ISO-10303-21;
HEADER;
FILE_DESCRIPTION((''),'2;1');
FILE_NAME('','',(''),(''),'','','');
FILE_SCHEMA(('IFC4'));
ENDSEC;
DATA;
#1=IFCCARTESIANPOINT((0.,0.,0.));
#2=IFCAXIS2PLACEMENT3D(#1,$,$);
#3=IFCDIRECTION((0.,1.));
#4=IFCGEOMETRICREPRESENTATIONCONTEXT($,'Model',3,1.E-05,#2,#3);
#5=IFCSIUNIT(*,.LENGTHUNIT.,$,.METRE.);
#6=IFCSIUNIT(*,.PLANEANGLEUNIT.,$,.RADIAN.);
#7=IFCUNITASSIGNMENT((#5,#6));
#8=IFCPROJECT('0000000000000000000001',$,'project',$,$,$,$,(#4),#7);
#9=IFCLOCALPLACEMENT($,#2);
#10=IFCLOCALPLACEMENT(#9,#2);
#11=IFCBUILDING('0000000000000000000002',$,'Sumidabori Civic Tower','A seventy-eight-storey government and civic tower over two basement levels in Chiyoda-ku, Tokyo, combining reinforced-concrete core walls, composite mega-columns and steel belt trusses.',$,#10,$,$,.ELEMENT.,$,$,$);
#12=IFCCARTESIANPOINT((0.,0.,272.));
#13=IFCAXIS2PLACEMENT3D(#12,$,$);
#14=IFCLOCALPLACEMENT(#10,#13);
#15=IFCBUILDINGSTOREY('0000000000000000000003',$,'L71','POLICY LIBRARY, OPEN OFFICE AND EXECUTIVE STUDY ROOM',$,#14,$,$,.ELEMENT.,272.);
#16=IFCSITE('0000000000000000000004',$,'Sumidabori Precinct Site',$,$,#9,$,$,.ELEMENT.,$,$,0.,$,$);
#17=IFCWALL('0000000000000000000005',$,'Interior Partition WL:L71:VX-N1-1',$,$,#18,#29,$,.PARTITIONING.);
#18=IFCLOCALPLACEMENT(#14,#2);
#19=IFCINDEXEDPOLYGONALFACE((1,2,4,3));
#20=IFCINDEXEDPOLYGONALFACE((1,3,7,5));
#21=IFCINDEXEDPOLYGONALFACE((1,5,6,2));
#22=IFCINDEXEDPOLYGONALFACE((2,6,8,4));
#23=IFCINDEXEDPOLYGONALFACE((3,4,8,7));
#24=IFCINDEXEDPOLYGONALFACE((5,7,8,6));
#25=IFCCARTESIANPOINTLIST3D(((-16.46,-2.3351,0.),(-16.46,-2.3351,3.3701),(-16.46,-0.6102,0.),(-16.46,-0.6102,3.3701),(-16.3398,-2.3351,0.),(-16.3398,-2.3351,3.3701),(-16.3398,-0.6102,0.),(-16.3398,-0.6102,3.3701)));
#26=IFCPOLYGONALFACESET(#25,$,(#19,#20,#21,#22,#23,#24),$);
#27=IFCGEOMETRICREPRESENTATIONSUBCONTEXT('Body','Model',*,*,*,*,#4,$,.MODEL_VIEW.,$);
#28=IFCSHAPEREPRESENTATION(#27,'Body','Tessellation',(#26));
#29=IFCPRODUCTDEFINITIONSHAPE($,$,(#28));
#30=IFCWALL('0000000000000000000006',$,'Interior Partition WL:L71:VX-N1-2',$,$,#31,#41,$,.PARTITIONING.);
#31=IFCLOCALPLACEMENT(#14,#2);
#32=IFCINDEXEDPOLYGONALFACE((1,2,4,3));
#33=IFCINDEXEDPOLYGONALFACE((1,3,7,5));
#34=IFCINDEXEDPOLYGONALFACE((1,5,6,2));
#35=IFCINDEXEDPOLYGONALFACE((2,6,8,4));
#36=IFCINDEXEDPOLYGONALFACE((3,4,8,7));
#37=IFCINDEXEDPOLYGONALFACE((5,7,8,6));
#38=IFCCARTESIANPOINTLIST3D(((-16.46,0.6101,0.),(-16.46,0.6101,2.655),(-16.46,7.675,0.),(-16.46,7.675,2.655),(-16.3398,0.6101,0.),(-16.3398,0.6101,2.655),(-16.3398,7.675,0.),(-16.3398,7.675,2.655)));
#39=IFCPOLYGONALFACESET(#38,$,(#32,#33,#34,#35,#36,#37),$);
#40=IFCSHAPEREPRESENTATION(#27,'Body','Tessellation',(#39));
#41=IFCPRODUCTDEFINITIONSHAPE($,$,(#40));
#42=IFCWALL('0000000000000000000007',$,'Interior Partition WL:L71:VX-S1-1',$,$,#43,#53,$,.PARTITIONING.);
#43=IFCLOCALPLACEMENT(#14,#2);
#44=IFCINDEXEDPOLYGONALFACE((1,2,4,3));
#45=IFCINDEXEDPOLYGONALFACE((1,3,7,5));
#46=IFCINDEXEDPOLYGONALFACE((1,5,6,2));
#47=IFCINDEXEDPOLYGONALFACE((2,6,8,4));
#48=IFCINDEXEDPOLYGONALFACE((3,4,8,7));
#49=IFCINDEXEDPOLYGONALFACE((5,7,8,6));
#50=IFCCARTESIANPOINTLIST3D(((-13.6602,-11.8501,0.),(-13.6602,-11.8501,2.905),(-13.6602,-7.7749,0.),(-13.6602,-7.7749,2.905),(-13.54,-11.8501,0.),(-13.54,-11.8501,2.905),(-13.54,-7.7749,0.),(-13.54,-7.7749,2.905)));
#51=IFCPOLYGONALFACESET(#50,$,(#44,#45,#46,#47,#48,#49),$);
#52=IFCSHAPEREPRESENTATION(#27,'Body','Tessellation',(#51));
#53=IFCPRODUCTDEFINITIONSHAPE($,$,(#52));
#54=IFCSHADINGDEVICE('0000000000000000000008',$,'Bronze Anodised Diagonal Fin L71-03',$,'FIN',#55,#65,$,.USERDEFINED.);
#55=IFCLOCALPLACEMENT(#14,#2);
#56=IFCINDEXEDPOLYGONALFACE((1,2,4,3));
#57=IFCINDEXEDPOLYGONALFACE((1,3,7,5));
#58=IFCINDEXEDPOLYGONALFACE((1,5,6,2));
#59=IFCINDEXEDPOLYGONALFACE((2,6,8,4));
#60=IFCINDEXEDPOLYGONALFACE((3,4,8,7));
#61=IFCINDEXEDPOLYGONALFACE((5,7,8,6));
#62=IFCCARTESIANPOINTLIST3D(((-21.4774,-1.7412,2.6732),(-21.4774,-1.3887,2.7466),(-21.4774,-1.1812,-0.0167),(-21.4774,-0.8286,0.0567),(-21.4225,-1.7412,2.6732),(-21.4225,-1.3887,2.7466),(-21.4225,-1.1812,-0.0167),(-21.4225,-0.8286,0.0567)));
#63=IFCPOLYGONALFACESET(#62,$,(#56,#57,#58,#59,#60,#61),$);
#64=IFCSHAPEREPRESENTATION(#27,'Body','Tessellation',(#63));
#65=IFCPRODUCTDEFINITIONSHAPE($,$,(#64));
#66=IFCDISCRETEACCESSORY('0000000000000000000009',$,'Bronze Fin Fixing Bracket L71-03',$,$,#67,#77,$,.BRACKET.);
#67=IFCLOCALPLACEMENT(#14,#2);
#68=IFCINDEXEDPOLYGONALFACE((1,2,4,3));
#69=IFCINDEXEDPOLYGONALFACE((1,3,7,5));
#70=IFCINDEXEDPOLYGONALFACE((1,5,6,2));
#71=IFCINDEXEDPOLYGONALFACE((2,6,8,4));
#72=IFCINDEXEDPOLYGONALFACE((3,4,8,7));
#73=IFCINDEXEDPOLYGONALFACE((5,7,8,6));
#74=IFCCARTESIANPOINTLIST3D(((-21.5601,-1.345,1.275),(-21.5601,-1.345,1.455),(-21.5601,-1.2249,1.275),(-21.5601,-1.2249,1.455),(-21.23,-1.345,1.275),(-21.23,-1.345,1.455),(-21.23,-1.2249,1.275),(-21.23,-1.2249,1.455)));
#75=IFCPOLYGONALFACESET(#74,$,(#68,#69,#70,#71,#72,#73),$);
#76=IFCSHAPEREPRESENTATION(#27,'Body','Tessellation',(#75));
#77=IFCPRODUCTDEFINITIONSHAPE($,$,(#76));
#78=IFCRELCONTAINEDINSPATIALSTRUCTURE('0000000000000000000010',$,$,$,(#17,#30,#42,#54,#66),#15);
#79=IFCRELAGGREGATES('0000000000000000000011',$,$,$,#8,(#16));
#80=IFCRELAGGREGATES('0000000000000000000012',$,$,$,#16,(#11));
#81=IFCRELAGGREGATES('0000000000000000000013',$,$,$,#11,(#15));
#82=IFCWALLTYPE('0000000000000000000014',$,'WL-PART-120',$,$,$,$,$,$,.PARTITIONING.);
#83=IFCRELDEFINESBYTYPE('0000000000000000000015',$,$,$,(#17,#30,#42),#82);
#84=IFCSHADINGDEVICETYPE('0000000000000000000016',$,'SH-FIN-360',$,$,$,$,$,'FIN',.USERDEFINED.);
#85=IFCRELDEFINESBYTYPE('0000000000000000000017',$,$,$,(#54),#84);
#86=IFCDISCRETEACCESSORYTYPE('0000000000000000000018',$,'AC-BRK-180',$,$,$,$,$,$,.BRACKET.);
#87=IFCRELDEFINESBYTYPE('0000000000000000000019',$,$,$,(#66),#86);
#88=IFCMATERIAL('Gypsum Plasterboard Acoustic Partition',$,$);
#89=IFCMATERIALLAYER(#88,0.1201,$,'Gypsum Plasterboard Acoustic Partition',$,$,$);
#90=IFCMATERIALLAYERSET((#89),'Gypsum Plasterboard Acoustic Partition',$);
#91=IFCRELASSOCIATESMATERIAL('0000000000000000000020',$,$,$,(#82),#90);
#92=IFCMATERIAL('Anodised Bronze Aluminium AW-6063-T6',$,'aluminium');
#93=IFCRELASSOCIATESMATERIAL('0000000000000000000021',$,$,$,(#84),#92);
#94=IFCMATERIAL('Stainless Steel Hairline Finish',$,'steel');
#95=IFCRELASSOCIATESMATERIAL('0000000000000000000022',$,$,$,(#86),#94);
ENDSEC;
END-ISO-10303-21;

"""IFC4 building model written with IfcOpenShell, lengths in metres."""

from ifc_helpers import new_model, si_unit, direction, frame, frame_2d, origin, origin_2d, place, context, subcontext, project, spatial, rectangle, extrude, source, transform, mapped, material, layer, layer_set, material_profile, profile_set, type_object, element, save


model = new_model("IFC4")

# Units and contexts
model_context = context("Model", 3, precision=1e-05, world=origin(), true_north=direction((0.0, 1.0)))
body_context = subcontext(model_context, "Body", "Model", "MODEL_VIEW")
ifc_project = project(units=[si_unit("LENGTHUNIT", "METRE"), si_unit("PLANEANGLEUNIT", "RADIAN")], contexts=[model_context])

# Site, building, storey
site_placement = place(None, origin())
site = spatial("IfcSite", under=ifc_project, at=site_placement, Name="Sumidabori Precinct Site", CompositionType="ELEMENT", RefElevation=0.0)
building_placement = place(site_placement, origin())
building = spatial("IfcBuilding", under=site, at=building_placement, Name="Sumidabori Civic Tower", Description="A seventy-eight-storey government and civic tower over two basement levels in Chiyoda-ku, Tokyo, combining reinforced-concrete core walls, composite mega-columns and steel belt trusses.", CompositionType="ELEMENT")
storey_placement = place(building_placement, frame((0.0, 0.0, 272.0)))
storey = spatial("IfcBuildingStorey", under=building, at=storey_placement, Name="L71", Description="POLICY LIBRARY, OPEN OFFICE AND EXECUTIVE STUDY ROOM", CompositionType="ELEMENT", Elevation=272.0)

# Shared definitions
ifc_material_1 = material(Name="Anodised Bronze Aluminium AW-6063-T6", Category="aluminium")

# Shared definitions
ifc_material_2 = material(Name="Gypsum Plasterboard Acoustic Partition")
ifc_layer_1 = layer(ifc_material_2, 0.1201, Name="Gypsum Plasterboard Acoustic Partition")
ifc_layer_set_1 = layer_set([ifc_layer_1], Name="Gypsum Plasterboard Acoustic Partition")
wall_type_1 = type_object("IfcWallType", Name="WL-PART-120", PredefinedType="PARTITIONING", material=ifc_layer_set_1)

# Walls
shared_shape_1 = source(origin(), body_context, "Body", "SweptSolid", [
    extrude(rectangle(XDim=1.7249, YDim=0.1201, at=frame_2d((0.8623, 0.0))), origin(), (0.0, 0.0, 1.0), 3.3701),
])
wall_1_placement = place(storey_placement, frame((-16.3999, -2.335, 0.0), z_axis=(0.0, 0.0, 1.0), x_axis=(0.0, 1.0, 0.0)))
element("IfcWall", 1, at=wall_1_placement, inside=storey, type_object=wall_type_1, Name="Interior Partition WL:L71:VX-N1-1", PredefinedType="PARTITIONING", context=body_context, shape_type="MappedRepresentation", body=[
    mapped(shared_shape_1, transform((0.0, 0.0, 0.0), x_axis=(1.0, 0.0, 0.0), y_axis=(0.0, 1.0, 0.0), z_axis=(0.0, 0.0, 1.0), scale=1.0)),
])
shared_shape_2 = source(origin(), body_context, "Body", "SweptSolid", [
    extrude(rectangle(XDim=7.0649, YDim=0.1201, at=frame_2d((3.5325, 0.0))), origin(), (0.0, 0.0, 1.0), 2.655),
])
wall_2_placement = place(storey_placement, frame((-16.3999, 0.6101, 0.0), z_axis=(0.0, 0.0, 1.0), x_axis=(0.0, 1.0, 0.0)))
element("IfcWall", 2, at=wall_2_placement, inside=storey, type_object=wall_type_1, Name="Interior Partition WL:L71:VX-N1-2", PredefinedType="PARTITIONING", context=body_context, shape_type="MappedRepresentation", body=[
    mapped(shared_shape_2, transform((0.0, 0.0, 0.0), x_axis=(1.0, 0.0, 0.0), y_axis=(0.0, 1.0, 0.0), z_axis=(0.0, 0.0, 1.0), scale=1.0)),
])
shared_shape_3 = source(origin(), body_context, "Body", "SweptSolid", [
    extrude(rectangle(XDim=4.0752, YDim=0.1201, at=frame_2d((2.0376, 0.0))), origin(), (0.0, 0.0, 1.0), 2.905),
])
wall_3_placement = place(storey_placement, frame((-13.6001, -11.8501, 0.0), z_axis=(0.0, 0.0, 1.0), x_axis=(0.0, 1.0, 0.0)))
element("IfcWall", 3, at=wall_3_placement, inside=storey, type_object=wall_type_1, Name="Interior Partition WL:L71:VX-S1-1", PredefinedType="PARTITIONING", context=body_context, shape_type="MappedRepresentation", body=[
    mapped(shared_shape_3, transform((0.0, 0.0, 0.0), x_axis=(1.0, 0.0, 0.0), y_axis=(0.0, 1.0, 0.0), z_axis=(0.0, 0.0, 1.0), scale=1.0)),
])

# Shading device
ifc_material_profile_1 = material_profile(ifc_material_1, rectangle(XDim=0.0549, YDim=0.3601, at=origin_2d()), Name="BRONZE FIN 360x55")
ifc_profile_set_1 = profile_set([ifc_material_profile_1], Name="Anodised Bronze Aluminium AW-6063-T6")
shading_device_type = type_object("IfcShadingDeviceType", Name="SH-FIN-360", ElementType="FIN", PredefinedType="USERDEFINED", material=ifc_profile_set_1)
shared_shape_4 = source(origin(), body_context, "Body", "SweptSolid", [
    extrude(rectangle(XDim=0.0549, YDim=0.3601, at=origin_2d()), origin(), (0.0, 0.0, 1.0), 2.7476),
])
shading_device_placement = place(storey_placement, frame((-21.45, -1.0049, 0.02), z_axis=(0.0, -0.203834, 0.979006), x_axis=(-1.0, 0.0, 0.0)))
element("IfcShadingDevice", 4, at=shading_device_placement, inside=storey, type_object=shading_device_type, Name="Bronze Anodised Diagonal Fin L71-03", ObjectType="FIN", PredefinedType="USERDEFINED", context=body_context, shape_type="MappedRepresentation", body=[
    mapped(shared_shape_4, transform((0.0, 0.0, 0.0), x_axis=(1.0, 0.0, 0.0), y_axis=(0.0, 1.0, 0.0), z_axis=(0.0, 0.0, 1.0), scale=1.0)),
])

# Discrete accessory
ifc_material_3 = material(Name="Stainless Steel Hairline Finish", Category="steel")
ifc_material_profile_2 = material_profile(ifc_material_3, rectangle(XDim=0.1201, YDim=0.1799, at=origin_2d()), Name="STEEL BRACKET 180x120")
ifc_profile_set_2 = profile_set([ifc_material_profile_2], Name="Stainless Steel Hairline Finish")
discrete_accessory_type = type_object("IfcDiscreteAccessoryType", Name="AC-BRK-180", PredefinedType="BRACKET", material=ifc_profile_set_2)
shared_shape_5 = source(origin(), body_context, "Body", "SweptSolid", [
    extrude(rectangle(XDim=0.1201, YDim=0.1799, at=origin_2d()), origin(), (0.0, 0.0, 1.0), 0.3301),
])
discrete_accessory_placement = place(storey_placement, frame((-21.23, -1.2849, 1.365), z_axis=(-1.0, 0.0, 0.0), x_axis=(0.0, -1.0, 0.0)))
element("IfcDiscreteAccessory", 5, at=discrete_accessory_placement, inside=storey, type_object=discrete_accessory_type, Name="Bronze Fin Fixing Bracket L71-03", PredefinedType="BRACKET", context=body_context, shape_type="MappedRepresentation", body=[
    mapped(shared_shape_5, transform((0.0, 0.0, 0.0), x_axis=(1.0, 0.0, 0.0), y_axis=(0.0, 1.0, 0.0), z_axis=(0.0, 0.0, 1.0), scale=1.0)),
])

save(model, "model.ifc")
